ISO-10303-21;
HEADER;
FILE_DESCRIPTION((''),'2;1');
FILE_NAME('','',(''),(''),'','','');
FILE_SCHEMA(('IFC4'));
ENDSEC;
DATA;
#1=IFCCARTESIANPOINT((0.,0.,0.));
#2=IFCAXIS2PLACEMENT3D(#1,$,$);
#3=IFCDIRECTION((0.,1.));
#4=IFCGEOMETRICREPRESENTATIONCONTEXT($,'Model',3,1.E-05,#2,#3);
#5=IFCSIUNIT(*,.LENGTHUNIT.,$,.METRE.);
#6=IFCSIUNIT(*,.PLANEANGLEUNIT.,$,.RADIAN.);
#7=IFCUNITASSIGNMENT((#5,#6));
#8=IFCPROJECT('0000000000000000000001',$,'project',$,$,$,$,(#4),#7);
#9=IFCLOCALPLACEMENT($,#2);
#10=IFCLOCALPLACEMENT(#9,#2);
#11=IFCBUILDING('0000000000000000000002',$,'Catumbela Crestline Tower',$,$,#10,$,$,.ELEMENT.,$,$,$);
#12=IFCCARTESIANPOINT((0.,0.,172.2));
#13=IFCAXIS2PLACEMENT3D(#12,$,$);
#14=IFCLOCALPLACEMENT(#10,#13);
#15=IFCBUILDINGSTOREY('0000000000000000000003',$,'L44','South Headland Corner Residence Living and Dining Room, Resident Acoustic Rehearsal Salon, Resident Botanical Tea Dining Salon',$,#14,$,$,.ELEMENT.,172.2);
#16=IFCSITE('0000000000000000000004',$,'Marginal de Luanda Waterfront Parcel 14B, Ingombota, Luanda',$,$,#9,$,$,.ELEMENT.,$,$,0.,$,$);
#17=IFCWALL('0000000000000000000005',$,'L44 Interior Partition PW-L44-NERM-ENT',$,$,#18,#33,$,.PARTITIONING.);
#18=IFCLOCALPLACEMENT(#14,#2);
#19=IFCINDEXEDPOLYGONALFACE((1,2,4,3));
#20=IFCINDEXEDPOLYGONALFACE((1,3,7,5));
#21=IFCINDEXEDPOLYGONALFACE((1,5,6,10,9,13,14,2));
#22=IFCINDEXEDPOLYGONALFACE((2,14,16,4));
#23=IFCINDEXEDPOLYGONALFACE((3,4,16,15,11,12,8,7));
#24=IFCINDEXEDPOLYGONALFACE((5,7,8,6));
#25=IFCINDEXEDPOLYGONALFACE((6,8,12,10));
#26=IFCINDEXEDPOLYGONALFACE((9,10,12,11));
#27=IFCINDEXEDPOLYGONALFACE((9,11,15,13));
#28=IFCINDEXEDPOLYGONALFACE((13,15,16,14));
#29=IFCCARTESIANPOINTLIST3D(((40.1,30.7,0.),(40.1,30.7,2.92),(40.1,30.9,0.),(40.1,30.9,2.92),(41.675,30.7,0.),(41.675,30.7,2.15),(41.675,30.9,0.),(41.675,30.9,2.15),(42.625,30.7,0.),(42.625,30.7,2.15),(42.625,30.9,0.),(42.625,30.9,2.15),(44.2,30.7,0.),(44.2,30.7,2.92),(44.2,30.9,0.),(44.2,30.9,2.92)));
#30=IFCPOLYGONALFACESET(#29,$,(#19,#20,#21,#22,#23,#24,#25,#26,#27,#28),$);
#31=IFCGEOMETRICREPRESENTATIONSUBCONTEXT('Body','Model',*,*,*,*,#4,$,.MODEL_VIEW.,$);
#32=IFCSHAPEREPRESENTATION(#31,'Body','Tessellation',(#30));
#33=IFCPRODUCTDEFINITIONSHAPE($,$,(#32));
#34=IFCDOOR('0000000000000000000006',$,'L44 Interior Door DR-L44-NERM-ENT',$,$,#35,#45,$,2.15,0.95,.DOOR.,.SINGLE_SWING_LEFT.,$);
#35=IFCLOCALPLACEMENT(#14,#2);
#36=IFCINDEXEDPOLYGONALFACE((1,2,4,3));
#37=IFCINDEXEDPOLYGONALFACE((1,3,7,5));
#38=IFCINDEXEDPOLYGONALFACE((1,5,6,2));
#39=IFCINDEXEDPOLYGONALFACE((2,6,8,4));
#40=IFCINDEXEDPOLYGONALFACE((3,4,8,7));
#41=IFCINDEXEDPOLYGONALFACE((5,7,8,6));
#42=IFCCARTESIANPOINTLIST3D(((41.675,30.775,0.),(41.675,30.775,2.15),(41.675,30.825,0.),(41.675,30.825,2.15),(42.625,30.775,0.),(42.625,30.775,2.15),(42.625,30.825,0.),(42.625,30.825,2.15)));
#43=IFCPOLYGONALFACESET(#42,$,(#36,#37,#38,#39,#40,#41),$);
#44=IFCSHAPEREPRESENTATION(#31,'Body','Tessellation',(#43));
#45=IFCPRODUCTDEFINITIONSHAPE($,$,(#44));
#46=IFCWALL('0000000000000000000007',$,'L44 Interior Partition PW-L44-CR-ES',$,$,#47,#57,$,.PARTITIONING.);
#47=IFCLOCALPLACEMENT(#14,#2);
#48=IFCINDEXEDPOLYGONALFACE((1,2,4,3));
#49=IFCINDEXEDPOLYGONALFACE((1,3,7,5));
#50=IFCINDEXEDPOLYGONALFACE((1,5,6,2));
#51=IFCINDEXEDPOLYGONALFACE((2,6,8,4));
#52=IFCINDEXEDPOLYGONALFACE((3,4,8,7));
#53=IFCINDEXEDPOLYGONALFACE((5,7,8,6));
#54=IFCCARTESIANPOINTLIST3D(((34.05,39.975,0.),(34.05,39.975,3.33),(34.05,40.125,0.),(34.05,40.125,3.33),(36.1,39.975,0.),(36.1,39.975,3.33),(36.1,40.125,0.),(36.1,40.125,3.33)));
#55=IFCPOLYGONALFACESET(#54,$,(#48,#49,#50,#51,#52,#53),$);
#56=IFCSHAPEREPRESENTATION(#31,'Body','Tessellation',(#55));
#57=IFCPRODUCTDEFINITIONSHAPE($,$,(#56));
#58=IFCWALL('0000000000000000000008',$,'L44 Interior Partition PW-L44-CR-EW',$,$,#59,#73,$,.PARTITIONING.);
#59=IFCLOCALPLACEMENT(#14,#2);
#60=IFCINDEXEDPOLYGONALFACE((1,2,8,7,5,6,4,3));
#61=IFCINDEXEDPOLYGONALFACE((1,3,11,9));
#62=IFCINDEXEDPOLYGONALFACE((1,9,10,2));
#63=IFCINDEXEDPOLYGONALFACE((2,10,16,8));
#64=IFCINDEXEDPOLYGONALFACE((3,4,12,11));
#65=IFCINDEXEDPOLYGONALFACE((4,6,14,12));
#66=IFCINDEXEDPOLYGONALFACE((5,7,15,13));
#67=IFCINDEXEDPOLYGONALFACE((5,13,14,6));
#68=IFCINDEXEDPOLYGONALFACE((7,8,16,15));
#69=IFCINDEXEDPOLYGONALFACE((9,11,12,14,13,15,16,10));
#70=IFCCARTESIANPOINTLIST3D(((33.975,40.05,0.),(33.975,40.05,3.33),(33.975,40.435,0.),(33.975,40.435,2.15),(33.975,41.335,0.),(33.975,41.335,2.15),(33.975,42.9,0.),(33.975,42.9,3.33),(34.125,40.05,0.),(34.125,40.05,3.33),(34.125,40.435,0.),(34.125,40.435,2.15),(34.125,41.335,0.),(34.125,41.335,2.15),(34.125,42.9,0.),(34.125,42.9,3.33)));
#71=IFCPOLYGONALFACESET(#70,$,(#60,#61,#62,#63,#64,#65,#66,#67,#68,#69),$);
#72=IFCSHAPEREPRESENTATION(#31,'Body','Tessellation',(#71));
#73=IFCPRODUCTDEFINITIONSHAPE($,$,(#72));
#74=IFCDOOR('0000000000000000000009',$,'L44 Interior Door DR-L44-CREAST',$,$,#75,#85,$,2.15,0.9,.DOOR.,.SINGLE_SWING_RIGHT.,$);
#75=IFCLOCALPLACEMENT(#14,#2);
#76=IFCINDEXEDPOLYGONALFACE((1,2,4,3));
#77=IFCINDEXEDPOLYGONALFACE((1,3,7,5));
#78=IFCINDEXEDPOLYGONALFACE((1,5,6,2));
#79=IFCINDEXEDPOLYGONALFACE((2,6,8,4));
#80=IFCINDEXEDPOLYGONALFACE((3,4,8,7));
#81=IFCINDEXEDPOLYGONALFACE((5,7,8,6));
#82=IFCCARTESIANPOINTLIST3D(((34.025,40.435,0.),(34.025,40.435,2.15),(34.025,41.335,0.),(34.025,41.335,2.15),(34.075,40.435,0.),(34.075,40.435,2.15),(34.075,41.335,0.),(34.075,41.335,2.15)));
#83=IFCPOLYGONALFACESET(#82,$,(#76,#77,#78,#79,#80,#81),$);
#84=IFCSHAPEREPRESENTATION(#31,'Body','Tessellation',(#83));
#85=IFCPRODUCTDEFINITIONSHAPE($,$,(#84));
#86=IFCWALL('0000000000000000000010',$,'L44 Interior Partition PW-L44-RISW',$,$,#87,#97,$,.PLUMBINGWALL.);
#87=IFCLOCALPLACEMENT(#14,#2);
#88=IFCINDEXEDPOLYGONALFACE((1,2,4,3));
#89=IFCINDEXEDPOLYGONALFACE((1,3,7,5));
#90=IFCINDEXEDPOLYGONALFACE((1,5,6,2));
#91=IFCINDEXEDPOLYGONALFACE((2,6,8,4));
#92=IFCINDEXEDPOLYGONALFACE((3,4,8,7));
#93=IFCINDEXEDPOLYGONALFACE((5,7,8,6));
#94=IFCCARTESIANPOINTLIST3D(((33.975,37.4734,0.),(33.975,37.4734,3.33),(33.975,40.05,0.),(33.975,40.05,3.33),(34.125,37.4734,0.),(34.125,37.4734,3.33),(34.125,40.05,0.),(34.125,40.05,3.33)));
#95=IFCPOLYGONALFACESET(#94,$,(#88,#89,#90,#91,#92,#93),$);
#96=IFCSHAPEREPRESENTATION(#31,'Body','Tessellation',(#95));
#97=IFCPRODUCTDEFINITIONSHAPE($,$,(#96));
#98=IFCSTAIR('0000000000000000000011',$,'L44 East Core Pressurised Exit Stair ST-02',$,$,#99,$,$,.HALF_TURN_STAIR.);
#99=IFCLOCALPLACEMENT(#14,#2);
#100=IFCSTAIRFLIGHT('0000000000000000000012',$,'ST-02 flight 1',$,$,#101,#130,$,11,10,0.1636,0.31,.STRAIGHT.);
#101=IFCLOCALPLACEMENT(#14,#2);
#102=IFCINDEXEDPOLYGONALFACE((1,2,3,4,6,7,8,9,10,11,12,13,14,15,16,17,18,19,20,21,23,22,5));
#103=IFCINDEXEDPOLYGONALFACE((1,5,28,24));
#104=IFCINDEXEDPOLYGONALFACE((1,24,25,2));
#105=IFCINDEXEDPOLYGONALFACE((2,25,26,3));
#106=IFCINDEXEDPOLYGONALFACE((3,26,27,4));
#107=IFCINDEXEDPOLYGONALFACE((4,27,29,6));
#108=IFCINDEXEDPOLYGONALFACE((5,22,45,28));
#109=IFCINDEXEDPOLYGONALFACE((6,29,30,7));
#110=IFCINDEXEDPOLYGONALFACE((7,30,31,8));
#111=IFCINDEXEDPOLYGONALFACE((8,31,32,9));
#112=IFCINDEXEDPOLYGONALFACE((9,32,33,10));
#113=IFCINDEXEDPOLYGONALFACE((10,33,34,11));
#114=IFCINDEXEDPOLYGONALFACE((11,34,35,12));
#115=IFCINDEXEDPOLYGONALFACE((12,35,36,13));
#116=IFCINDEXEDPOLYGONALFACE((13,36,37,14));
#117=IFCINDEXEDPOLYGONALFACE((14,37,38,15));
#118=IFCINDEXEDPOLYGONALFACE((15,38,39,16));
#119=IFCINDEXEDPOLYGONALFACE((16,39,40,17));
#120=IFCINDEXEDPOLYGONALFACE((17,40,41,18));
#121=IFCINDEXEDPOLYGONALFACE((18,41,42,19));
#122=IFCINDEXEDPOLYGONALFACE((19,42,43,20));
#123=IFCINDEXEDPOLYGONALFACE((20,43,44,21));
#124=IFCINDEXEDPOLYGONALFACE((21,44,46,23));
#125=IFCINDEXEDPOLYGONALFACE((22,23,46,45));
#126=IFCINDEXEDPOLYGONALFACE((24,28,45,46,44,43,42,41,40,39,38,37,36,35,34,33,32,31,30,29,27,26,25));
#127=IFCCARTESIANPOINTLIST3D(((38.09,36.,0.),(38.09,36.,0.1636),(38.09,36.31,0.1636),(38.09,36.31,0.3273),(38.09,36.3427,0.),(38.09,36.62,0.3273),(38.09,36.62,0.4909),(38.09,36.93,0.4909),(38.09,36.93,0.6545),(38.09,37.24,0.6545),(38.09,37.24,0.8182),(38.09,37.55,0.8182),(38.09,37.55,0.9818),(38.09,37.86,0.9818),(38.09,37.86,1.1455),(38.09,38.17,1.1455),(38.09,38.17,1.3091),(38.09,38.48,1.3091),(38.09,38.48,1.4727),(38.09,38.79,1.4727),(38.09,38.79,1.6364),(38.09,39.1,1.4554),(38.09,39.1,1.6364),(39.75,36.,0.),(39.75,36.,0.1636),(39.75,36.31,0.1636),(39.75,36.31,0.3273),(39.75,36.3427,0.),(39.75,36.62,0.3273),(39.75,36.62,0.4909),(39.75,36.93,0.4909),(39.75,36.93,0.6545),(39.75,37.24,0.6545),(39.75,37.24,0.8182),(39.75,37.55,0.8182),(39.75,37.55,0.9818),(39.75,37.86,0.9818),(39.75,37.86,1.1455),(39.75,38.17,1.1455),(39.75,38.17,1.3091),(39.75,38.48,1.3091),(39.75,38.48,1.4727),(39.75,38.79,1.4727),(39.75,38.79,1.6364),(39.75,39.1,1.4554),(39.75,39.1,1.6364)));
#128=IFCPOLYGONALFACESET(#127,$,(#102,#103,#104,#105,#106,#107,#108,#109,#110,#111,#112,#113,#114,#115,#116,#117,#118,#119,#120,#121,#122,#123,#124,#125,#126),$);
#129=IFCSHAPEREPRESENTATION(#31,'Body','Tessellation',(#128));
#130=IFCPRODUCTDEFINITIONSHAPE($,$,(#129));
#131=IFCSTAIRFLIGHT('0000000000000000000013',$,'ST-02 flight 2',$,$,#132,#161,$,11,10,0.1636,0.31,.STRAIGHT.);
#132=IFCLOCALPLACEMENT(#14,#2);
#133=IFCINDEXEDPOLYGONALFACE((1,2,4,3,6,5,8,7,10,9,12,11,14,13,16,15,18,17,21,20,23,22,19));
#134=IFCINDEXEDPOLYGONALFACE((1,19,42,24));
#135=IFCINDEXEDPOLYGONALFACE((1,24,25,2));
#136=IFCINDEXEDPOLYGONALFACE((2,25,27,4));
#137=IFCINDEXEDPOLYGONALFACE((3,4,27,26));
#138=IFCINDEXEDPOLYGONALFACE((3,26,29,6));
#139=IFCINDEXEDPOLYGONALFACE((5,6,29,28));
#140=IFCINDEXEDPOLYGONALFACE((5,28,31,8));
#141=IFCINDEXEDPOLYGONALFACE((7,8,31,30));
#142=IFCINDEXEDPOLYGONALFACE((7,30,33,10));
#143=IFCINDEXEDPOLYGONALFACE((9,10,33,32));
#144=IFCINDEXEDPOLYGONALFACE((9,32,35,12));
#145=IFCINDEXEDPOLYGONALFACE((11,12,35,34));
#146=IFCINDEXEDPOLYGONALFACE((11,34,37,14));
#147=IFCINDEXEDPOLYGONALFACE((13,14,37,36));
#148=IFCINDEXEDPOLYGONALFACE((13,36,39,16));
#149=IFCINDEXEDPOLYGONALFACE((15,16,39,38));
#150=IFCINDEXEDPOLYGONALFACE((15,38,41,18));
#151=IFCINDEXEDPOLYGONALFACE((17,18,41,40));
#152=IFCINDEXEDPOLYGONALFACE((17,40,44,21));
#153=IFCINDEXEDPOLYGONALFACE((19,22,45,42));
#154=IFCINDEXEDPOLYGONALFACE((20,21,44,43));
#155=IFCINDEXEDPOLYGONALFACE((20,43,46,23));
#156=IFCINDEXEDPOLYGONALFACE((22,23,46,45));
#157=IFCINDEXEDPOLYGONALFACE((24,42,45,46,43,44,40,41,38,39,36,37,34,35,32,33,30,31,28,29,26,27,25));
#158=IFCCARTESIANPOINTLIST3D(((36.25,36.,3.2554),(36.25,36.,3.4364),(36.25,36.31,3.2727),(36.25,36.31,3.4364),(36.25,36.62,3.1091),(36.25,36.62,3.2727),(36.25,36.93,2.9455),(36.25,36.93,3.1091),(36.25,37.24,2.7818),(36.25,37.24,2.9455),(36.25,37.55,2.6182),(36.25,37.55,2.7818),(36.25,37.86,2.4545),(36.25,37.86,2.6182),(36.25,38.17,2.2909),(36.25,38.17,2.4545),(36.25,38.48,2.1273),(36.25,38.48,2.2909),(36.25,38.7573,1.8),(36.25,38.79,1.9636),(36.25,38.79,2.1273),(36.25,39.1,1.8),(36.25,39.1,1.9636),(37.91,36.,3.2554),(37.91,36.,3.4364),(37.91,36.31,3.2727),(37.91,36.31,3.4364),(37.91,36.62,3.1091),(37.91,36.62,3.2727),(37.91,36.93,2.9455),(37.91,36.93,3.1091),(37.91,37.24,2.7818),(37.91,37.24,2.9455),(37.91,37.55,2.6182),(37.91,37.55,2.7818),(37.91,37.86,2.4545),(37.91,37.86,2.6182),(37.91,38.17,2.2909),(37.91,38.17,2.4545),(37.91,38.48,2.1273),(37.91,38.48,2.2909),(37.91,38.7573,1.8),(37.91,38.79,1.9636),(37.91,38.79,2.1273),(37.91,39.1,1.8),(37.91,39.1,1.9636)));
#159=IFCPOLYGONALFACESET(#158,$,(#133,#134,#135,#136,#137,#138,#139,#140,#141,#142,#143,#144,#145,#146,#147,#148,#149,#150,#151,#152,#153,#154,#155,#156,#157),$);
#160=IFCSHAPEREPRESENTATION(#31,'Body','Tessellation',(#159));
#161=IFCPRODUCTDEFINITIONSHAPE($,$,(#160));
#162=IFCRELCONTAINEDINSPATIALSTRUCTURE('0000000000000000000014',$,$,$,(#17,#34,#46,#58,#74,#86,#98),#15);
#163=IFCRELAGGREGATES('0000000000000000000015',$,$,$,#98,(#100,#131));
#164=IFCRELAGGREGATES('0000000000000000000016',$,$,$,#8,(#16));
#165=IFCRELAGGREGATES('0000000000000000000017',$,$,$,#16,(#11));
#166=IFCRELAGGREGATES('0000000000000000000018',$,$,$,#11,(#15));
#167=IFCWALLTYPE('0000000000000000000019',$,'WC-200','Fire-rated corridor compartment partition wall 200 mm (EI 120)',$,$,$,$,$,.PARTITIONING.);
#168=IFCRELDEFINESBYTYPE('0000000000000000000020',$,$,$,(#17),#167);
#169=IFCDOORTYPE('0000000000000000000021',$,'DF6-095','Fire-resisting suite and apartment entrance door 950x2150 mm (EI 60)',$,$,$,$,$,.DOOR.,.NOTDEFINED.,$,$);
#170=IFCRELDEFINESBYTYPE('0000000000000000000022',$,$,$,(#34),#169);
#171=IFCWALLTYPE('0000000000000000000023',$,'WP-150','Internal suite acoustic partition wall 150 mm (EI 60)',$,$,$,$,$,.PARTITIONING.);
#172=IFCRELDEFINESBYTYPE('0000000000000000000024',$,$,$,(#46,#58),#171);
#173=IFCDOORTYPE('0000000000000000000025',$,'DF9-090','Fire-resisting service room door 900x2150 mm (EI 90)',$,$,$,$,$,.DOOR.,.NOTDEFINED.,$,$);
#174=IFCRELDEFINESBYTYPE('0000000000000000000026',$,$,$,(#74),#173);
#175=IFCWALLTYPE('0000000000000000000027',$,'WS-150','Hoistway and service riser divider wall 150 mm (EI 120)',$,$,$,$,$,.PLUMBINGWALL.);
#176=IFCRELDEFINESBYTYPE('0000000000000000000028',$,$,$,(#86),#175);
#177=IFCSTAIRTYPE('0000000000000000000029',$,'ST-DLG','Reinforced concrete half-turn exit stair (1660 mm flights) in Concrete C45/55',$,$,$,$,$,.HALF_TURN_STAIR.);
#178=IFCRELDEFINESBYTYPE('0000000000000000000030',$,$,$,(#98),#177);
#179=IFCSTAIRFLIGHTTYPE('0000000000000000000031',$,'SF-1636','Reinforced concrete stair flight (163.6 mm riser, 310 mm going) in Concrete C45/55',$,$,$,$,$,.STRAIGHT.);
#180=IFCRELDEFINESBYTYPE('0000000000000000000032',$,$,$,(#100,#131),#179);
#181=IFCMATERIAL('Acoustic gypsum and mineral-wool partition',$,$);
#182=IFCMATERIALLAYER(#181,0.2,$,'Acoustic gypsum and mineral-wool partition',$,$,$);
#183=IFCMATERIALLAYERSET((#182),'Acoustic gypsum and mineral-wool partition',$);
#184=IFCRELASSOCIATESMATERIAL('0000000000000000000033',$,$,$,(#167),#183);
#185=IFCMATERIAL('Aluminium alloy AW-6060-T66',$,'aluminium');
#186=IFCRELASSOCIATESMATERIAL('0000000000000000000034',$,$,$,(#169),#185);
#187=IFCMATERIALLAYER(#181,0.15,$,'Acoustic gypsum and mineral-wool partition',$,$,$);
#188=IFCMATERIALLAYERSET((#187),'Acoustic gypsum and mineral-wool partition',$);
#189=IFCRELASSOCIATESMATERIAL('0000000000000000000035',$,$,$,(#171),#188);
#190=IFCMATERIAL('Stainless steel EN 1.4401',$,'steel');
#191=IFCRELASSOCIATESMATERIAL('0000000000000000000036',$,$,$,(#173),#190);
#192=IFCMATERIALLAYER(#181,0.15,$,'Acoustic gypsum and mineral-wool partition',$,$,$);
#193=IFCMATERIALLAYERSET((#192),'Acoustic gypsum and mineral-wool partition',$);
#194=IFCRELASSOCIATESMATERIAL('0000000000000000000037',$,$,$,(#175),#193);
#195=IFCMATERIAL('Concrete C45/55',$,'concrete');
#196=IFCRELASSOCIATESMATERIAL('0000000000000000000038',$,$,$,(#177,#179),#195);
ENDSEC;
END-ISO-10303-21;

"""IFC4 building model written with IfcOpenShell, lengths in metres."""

from ifc_helpers import new_model, si_unit, direction, frame, frame_2d, origin, place, context, subcontext, project, spatial, polyline, rectangle, outline, extrude, material, layer, layer_set, type_object, element, fill, aggregate, save


model = new_model("IFC4")

# Units and contexts
model_context = context("Model", 3, precision=1e-05, world=origin(), true_north=direction((0.0, 1.0)))
body_context = subcontext(model_context, "Body", "Model", "MODEL_VIEW")
ifc_project = project(units=[si_unit("LENGTHUNIT", "METRE"), si_unit("PLANEANGLEUNIT", "RADIAN")], contexts=[model_context])

# Site, building, storey
site_placement = place(None, origin())
site = spatial("IfcSite", under=ifc_project, at=site_placement, Name="Marginal de Luanda Waterfront Parcel 14B, Ingombota, Luanda", CompositionType="ELEMENT", RefElevation=0.0)
building_placement = place(site_placement, origin())
building = spatial("IfcBuilding", under=site, at=building_placement, Name="Catumbela Crestline Tower", CompositionType="ELEMENT")
storey_placement = place(building_placement, frame((0.0, 0.0, 172.2)))
storey = spatial("IfcBuildingStorey", under=building, at=storey_placement, Name="L44", Description="South Headland Corner Residence Living and Dining Room, Resident Acoustic Rehearsal Salon, Resident Botanical Tea Dining Salon", CompositionType="ELEMENT", Elevation=172.2)

# Shared definitions
ifc_material_1 = material(Name="Aluminium alloy AW-6060-T66", Category="aluminium")

# Shared definitions
ifc_material_2 = material(Name="Stainless steel EN 1.4401", Category="steel")

# Wall, opening, door
ifc_material_3 = material(Name="Acoustic gypsum and mineral-wool partition")
ifc_layer_1 = layer(ifc_material_3, 0.2, Name="Acoustic gypsum and mineral-wool partition")
ifc_layer_set_1 = layer_set([ifc_layer_1], Name="Acoustic gypsum and mineral-wool partition")
wall_type_1 = type_object("IfcWallType", Name="WC-200", Description="Fire-rated corridor compartment partition wall 200 mm (EI 120)", PredefinedType="PARTITIONING", material=ifc_layer_set_1)
wall_1_placement = place(storey_placement, frame((40.1, 30.8, 0.0), z_axis=(0.0, 0.0, 1.0), x_axis=(1.0, 0.0, 0.0)))
wall_1 = element("IfcWall", 1, at=wall_1_placement, inside=storey, type_object=wall_type_1, Name="L44 Interior Partition PW-L44-NERM-ENT", PredefinedType="PARTITIONING", context=body_context, shape_type="SweptSolid", body=[
    extrude(rectangle(XDim=4.1, YDim=0.2, at=frame_2d((2.05, 0.0))), origin(), (0.0, 0.0, 1.0), 2.92),
])
opening_1_placement = place(wall_1_placement, frame((1.575, 0.0, 0.0)))
opening_1 = element("IfcOpeningElement", 2, at=opening_1_placement, cuts=wall_1, PredefinedType="OPENING", context=body_context, shape_type="SweptSolid", body=[
    extrude(rectangle(XDim=0.95, YDim=2.15, at=frame_2d((0.475, 1.075))), frame((0.0, 0.11, 0.0), z_axis=(0.0, -1.0, 0.0), x_axis=(1.0, 0.0, 0.0)), (0.0, 0.0, 1.0), 0.22),
])
door_type_1 = type_object("IfcDoorType", Name="DF6-095", Description="Fire-resisting suite and apartment entrance door 950x2150 mm (EI 60)", OperationType="NOTDEFINED", PredefinedType="DOOR", material=ifc_material_1)
door_1_placement = place(opening_1_placement, origin())
door_1 = element("IfcDoor", 3, at=door_1_placement, inside=storey, type_object=door_type_1, Name="L44 Interior Door DR-L44-NERM-ENT", OperationType="SINGLE_SWING_LEFT", OverallHeight=2.15, OverallWidth=0.95, PredefinedType="DOOR", context=body_context, shape_type="SweptSolid", body=[
    extrude(rectangle(XDim=0.95, YDim=2.15, at=frame_2d((0.475, 1.075))), frame((0.0, 0.025, 0.0), z_axis=(0.0, -1.0, 0.0), x_axis=(1.0, 0.0, 0.0)), (0.0, 0.0, 1.0), 0.05),
])
fill(opening_1, door_1)

# Wall
ifc_layer_2 = layer(ifc_material_3, 0.15, Name="Acoustic gypsum and mineral-wool partition")
ifc_layer_set_2 = layer_set([ifc_layer_2], Name="Acoustic gypsum and mineral-wool partition")
wall_type_2 = type_object("IfcWallType", Name="WP-150", Description="Internal suite acoustic partition wall 150 mm (EI 60)", PredefinedType="PARTITIONING", material=ifc_layer_set_2)
wall_2_placement = place(storey_placement, frame((34.05, 40.05, 0.0), z_axis=(0.0, 0.0, 1.0), x_axis=(1.0, 0.0, 0.0)))
element("IfcWall", 4, at=wall_2_placement, inside=storey, type_object=wall_type_2, Name="L44 Interior Partition PW-L44-CR-ES", PredefinedType="PARTITIONING", context=body_context, shape_type="SweptSolid", body=[
    extrude(rectangle(XDim=2.05, YDim=0.15, at=frame_2d((1.025, 0.0))), origin(), (0.0, 0.0, 1.0), 3.33),
])

# Wall, opening, door
wall_3_placement = place(storey_placement, frame((34.05, 40.05, 0.0), z_axis=(0.0, 0.0, 1.0), x_axis=(0.0, 1.0, 0.0)))
wall_3 = element("IfcWall", 5, at=wall_3_placement, inside=storey, type_object=wall_type_2, Name="L44 Interior Partition PW-L44-CR-EW", PredefinedType="PARTITIONING", context=body_context, shape_type="SweptSolid", body=[
    extrude(rectangle(XDim=2.85, YDim=0.15, at=frame_2d((1.425, 0.0))), origin(), (0.0, 0.0, 1.0), 3.33),
])
opening_2_placement = place(wall_3_placement, frame((0.385, 0.0, 0.0)))
opening_2 = element("IfcOpeningElement", 6, at=opening_2_placement, cuts=wall_3, PredefinedType="OPENING", context=body_context, shape_type="SweptSolid", body=[
    extrude(rectangle(XDim=0.9, YDim=2.15, at=frame_2d((0.45, 1.075))), frame((0.0, 0.085, 0.0), z_axis=(0.0, -1.0, 0.0), x_axis=(1.0, 0.0, 0.0)), (0.0, 0.0, 1.0), 0.17),
])
door_type_2 = type_object("IfcDoorType", Name="DF9-090", Description="Fire-resisting service room door 900x2150 mm (EI 90)", OperationType="NOTDEFINED", PredefinedType="DOOR", material=ifc_material_2)
door_2_placement = place(opening_2_placement, origin())
door_2 = element("IfcDoor", 7, at=door_2_placement, inside=storey, type_object=door_type_2, Name="L44 Interior Door DR-L44-CREAST", OperationType="SINGLE_SWING_RIGHT", OverallHeight=2.15, OverallWidth=0.9, PredefinedType="DOOR", context=body_context, shape_type="SweptSolid", body=[
    extrude(rectangle(XDim=0.9, YDim=2.15, at=frame_2d((0.45, 1.075))), frame((0.0, 0.025, 0.0), z_axis=(0.0, -1.0, 0.0), x_axis=(1.0, 0.0, 0.0)), (0.0, 0.0, 1.0), 0.05),
])
fill(opening_2, door_2)

# Wall
ifc_layer_3 = layer(ifc_material_3, 0.15, Name="Acoustic gypsum and mineral-wool partition")
ifc_layer_set_3 = layer_set([ifc_layer_3], Name="Acoustic gypsum and mineral-wool partition")
wall_type_3 = type_object("IfcWallType", Name="WS-150", Description="Hoistway and service riser divider wall 150 mm (EI 120)", PredefinedType="PLUMBINGWALL", material=ifc_layer_set_3)
wall_4_placement = place(storey_placement, frame((34.05, 37.4734, 0.0), z_axis=(0.0, 0.0, 1.0), x_axis=(0.0, 1.0, 0.0)))
element("IfcWall", 8, at=wall_4_placement, inside=storey, type_object=wall_type_3, Name="L44 Interior Partition PW-L44-RISW", PredefinedType="PLUMBINGWALL", context=body_context, shape_type="SweptSolid", body=[
    extrude(rectangle(XDim=2.5766, YDim=0.15, at=frame_2d((1.2883, 0.0))), origin(), (0.0, 0.0, 1.0), 3.33),
])

# Stair, stair flights
ifc_material_4 = material(Name="Concrete C45/55", Category="concrete")
stair_type = type_object("IfcStairType", Name="ST-DLG", Description="Reinforced concrete half-turn exit stair (1660 mm flights) in Concrete C45/55", PredefinedType="HALF_TURN_STAIR", material=ifc_material_4)
stair_placement = place(storey_placement, origin())
stair = element("IfcStair", 9, at=stair_placement, inside=storey, type_object=stair_type, Name="L44 East Core Pressurised Exit Stair ST-02", PredefinedType="HALF_TURN_STAIR")
stair_flight_type = type_object("IfcStairFlightType", Name="SF-1636", Description="Reinforced concrete stair flight (163.6 mm riser, 310 mm going) in Concrete C45/55", PredefinedType="STRAIGHT", material=ifc_material_4)
stair_flight_1_placement = place(storey_placement, frame((38.92, 36.0, 0.0), z_axis=(0.0, 0.0, 1.0), x_axis=(0.0, 1.0, 0.0)))
stair_flight_1 = element("IfcStairFlight", 10, at=stair_flight_1_placement, type_object=stair_flight_type, Name="ST-02 flight 1", NumberOfRisers=11, NumberOfTreads=10, PredefinedType="STRAIGHT", RiserHeight=0.1636, TreadLength=0.31, context=body_context, shape_type="SweptSolid", body=[
    extrude(outline(polyline([(0.0, 0.0), (0.0, 0.1636), (0.31, 0.1636), (0.31, 0.3273), (0.62, 0.3273), (0.62, 0.4909), (0.93, 0.4909), (0.93, 0.6545), (1.24, 0.6545), (1.24, 0.8182), (1.55, 0.8182), (1.55, 0.9818), (1.86, 0.9818), (1.86, 1.1455), (2.17, 1.1455), (2.17, 1.3091), (2.48, 1.3091), (2.48, 1.4727), (2.79, 1.4727), (2.79, 1.6364), (3.1, 1.6364), (3.1, 1.8), (3.1, 1.4554), (0.3427, 0.0), (0.0, 0.0)])), frame((0.0, 0.83, 0.0), z_axis=(0.0, -1.0, 0.0), x_axis=(1.0, 0.0, 0.0)), (0.0, 0.0, 1.0), 1.66),
])
stair_flight_2_placement = place(storey_placement, frame((37.08, 39.1, 1.8), z_axis=(0.0, 0.0, 1.0), x_axis=(0.0, -1.0, 0.0)))
stair_flight_2 = element("IfcStairFlight", 11, at=stair_flight_2_placement, type_object=stair_flight_type, Name="ST-02 flight 2", NumberOfRisers=11, NumberOfTreads=10, PredefinedType="STRAIGHT", RiserHeight=0.1636, TreadLength=0.31, context=body_context, shape_type="SweptSolid", body=[
    extrude(outline(polyline([(0.0, 0.0), (0.0, 0.1636), (0.31, 0.1636), (0.31, 0.3273), (0.62, 0.3273), (0.62, 0.4909), (0.93, 0.4909), (0.93, 0.6545), (1.24, 0.6545), (1.24, 0.8182), (1.55, 0.8182), (1.55, 0.9818), (1.86, 0.9818), (1.86, 1.1455), (2.17, 1.1455), (2.17, 1.3091), (2.48, 1.3091), (2.48, 1.4727), (2.79, 1.4727), (2.79, 1.6364), (3.1, 1.6364), (3.1, 1.8), (3.1, 1.4554), (0.3427, 0.0), (0.0, 0.0)])), frame((0.0, 0.83, 0.0), z_axis=(0.0, -1.0, 0.0), x_axis=(1.0, 0.0, 0.0)), (0.0, 0.0, 1.0), 1.66),
])
aggregate(stair, [stair_flight_1, stair_flight_2])

save(model, "model.ifc")
